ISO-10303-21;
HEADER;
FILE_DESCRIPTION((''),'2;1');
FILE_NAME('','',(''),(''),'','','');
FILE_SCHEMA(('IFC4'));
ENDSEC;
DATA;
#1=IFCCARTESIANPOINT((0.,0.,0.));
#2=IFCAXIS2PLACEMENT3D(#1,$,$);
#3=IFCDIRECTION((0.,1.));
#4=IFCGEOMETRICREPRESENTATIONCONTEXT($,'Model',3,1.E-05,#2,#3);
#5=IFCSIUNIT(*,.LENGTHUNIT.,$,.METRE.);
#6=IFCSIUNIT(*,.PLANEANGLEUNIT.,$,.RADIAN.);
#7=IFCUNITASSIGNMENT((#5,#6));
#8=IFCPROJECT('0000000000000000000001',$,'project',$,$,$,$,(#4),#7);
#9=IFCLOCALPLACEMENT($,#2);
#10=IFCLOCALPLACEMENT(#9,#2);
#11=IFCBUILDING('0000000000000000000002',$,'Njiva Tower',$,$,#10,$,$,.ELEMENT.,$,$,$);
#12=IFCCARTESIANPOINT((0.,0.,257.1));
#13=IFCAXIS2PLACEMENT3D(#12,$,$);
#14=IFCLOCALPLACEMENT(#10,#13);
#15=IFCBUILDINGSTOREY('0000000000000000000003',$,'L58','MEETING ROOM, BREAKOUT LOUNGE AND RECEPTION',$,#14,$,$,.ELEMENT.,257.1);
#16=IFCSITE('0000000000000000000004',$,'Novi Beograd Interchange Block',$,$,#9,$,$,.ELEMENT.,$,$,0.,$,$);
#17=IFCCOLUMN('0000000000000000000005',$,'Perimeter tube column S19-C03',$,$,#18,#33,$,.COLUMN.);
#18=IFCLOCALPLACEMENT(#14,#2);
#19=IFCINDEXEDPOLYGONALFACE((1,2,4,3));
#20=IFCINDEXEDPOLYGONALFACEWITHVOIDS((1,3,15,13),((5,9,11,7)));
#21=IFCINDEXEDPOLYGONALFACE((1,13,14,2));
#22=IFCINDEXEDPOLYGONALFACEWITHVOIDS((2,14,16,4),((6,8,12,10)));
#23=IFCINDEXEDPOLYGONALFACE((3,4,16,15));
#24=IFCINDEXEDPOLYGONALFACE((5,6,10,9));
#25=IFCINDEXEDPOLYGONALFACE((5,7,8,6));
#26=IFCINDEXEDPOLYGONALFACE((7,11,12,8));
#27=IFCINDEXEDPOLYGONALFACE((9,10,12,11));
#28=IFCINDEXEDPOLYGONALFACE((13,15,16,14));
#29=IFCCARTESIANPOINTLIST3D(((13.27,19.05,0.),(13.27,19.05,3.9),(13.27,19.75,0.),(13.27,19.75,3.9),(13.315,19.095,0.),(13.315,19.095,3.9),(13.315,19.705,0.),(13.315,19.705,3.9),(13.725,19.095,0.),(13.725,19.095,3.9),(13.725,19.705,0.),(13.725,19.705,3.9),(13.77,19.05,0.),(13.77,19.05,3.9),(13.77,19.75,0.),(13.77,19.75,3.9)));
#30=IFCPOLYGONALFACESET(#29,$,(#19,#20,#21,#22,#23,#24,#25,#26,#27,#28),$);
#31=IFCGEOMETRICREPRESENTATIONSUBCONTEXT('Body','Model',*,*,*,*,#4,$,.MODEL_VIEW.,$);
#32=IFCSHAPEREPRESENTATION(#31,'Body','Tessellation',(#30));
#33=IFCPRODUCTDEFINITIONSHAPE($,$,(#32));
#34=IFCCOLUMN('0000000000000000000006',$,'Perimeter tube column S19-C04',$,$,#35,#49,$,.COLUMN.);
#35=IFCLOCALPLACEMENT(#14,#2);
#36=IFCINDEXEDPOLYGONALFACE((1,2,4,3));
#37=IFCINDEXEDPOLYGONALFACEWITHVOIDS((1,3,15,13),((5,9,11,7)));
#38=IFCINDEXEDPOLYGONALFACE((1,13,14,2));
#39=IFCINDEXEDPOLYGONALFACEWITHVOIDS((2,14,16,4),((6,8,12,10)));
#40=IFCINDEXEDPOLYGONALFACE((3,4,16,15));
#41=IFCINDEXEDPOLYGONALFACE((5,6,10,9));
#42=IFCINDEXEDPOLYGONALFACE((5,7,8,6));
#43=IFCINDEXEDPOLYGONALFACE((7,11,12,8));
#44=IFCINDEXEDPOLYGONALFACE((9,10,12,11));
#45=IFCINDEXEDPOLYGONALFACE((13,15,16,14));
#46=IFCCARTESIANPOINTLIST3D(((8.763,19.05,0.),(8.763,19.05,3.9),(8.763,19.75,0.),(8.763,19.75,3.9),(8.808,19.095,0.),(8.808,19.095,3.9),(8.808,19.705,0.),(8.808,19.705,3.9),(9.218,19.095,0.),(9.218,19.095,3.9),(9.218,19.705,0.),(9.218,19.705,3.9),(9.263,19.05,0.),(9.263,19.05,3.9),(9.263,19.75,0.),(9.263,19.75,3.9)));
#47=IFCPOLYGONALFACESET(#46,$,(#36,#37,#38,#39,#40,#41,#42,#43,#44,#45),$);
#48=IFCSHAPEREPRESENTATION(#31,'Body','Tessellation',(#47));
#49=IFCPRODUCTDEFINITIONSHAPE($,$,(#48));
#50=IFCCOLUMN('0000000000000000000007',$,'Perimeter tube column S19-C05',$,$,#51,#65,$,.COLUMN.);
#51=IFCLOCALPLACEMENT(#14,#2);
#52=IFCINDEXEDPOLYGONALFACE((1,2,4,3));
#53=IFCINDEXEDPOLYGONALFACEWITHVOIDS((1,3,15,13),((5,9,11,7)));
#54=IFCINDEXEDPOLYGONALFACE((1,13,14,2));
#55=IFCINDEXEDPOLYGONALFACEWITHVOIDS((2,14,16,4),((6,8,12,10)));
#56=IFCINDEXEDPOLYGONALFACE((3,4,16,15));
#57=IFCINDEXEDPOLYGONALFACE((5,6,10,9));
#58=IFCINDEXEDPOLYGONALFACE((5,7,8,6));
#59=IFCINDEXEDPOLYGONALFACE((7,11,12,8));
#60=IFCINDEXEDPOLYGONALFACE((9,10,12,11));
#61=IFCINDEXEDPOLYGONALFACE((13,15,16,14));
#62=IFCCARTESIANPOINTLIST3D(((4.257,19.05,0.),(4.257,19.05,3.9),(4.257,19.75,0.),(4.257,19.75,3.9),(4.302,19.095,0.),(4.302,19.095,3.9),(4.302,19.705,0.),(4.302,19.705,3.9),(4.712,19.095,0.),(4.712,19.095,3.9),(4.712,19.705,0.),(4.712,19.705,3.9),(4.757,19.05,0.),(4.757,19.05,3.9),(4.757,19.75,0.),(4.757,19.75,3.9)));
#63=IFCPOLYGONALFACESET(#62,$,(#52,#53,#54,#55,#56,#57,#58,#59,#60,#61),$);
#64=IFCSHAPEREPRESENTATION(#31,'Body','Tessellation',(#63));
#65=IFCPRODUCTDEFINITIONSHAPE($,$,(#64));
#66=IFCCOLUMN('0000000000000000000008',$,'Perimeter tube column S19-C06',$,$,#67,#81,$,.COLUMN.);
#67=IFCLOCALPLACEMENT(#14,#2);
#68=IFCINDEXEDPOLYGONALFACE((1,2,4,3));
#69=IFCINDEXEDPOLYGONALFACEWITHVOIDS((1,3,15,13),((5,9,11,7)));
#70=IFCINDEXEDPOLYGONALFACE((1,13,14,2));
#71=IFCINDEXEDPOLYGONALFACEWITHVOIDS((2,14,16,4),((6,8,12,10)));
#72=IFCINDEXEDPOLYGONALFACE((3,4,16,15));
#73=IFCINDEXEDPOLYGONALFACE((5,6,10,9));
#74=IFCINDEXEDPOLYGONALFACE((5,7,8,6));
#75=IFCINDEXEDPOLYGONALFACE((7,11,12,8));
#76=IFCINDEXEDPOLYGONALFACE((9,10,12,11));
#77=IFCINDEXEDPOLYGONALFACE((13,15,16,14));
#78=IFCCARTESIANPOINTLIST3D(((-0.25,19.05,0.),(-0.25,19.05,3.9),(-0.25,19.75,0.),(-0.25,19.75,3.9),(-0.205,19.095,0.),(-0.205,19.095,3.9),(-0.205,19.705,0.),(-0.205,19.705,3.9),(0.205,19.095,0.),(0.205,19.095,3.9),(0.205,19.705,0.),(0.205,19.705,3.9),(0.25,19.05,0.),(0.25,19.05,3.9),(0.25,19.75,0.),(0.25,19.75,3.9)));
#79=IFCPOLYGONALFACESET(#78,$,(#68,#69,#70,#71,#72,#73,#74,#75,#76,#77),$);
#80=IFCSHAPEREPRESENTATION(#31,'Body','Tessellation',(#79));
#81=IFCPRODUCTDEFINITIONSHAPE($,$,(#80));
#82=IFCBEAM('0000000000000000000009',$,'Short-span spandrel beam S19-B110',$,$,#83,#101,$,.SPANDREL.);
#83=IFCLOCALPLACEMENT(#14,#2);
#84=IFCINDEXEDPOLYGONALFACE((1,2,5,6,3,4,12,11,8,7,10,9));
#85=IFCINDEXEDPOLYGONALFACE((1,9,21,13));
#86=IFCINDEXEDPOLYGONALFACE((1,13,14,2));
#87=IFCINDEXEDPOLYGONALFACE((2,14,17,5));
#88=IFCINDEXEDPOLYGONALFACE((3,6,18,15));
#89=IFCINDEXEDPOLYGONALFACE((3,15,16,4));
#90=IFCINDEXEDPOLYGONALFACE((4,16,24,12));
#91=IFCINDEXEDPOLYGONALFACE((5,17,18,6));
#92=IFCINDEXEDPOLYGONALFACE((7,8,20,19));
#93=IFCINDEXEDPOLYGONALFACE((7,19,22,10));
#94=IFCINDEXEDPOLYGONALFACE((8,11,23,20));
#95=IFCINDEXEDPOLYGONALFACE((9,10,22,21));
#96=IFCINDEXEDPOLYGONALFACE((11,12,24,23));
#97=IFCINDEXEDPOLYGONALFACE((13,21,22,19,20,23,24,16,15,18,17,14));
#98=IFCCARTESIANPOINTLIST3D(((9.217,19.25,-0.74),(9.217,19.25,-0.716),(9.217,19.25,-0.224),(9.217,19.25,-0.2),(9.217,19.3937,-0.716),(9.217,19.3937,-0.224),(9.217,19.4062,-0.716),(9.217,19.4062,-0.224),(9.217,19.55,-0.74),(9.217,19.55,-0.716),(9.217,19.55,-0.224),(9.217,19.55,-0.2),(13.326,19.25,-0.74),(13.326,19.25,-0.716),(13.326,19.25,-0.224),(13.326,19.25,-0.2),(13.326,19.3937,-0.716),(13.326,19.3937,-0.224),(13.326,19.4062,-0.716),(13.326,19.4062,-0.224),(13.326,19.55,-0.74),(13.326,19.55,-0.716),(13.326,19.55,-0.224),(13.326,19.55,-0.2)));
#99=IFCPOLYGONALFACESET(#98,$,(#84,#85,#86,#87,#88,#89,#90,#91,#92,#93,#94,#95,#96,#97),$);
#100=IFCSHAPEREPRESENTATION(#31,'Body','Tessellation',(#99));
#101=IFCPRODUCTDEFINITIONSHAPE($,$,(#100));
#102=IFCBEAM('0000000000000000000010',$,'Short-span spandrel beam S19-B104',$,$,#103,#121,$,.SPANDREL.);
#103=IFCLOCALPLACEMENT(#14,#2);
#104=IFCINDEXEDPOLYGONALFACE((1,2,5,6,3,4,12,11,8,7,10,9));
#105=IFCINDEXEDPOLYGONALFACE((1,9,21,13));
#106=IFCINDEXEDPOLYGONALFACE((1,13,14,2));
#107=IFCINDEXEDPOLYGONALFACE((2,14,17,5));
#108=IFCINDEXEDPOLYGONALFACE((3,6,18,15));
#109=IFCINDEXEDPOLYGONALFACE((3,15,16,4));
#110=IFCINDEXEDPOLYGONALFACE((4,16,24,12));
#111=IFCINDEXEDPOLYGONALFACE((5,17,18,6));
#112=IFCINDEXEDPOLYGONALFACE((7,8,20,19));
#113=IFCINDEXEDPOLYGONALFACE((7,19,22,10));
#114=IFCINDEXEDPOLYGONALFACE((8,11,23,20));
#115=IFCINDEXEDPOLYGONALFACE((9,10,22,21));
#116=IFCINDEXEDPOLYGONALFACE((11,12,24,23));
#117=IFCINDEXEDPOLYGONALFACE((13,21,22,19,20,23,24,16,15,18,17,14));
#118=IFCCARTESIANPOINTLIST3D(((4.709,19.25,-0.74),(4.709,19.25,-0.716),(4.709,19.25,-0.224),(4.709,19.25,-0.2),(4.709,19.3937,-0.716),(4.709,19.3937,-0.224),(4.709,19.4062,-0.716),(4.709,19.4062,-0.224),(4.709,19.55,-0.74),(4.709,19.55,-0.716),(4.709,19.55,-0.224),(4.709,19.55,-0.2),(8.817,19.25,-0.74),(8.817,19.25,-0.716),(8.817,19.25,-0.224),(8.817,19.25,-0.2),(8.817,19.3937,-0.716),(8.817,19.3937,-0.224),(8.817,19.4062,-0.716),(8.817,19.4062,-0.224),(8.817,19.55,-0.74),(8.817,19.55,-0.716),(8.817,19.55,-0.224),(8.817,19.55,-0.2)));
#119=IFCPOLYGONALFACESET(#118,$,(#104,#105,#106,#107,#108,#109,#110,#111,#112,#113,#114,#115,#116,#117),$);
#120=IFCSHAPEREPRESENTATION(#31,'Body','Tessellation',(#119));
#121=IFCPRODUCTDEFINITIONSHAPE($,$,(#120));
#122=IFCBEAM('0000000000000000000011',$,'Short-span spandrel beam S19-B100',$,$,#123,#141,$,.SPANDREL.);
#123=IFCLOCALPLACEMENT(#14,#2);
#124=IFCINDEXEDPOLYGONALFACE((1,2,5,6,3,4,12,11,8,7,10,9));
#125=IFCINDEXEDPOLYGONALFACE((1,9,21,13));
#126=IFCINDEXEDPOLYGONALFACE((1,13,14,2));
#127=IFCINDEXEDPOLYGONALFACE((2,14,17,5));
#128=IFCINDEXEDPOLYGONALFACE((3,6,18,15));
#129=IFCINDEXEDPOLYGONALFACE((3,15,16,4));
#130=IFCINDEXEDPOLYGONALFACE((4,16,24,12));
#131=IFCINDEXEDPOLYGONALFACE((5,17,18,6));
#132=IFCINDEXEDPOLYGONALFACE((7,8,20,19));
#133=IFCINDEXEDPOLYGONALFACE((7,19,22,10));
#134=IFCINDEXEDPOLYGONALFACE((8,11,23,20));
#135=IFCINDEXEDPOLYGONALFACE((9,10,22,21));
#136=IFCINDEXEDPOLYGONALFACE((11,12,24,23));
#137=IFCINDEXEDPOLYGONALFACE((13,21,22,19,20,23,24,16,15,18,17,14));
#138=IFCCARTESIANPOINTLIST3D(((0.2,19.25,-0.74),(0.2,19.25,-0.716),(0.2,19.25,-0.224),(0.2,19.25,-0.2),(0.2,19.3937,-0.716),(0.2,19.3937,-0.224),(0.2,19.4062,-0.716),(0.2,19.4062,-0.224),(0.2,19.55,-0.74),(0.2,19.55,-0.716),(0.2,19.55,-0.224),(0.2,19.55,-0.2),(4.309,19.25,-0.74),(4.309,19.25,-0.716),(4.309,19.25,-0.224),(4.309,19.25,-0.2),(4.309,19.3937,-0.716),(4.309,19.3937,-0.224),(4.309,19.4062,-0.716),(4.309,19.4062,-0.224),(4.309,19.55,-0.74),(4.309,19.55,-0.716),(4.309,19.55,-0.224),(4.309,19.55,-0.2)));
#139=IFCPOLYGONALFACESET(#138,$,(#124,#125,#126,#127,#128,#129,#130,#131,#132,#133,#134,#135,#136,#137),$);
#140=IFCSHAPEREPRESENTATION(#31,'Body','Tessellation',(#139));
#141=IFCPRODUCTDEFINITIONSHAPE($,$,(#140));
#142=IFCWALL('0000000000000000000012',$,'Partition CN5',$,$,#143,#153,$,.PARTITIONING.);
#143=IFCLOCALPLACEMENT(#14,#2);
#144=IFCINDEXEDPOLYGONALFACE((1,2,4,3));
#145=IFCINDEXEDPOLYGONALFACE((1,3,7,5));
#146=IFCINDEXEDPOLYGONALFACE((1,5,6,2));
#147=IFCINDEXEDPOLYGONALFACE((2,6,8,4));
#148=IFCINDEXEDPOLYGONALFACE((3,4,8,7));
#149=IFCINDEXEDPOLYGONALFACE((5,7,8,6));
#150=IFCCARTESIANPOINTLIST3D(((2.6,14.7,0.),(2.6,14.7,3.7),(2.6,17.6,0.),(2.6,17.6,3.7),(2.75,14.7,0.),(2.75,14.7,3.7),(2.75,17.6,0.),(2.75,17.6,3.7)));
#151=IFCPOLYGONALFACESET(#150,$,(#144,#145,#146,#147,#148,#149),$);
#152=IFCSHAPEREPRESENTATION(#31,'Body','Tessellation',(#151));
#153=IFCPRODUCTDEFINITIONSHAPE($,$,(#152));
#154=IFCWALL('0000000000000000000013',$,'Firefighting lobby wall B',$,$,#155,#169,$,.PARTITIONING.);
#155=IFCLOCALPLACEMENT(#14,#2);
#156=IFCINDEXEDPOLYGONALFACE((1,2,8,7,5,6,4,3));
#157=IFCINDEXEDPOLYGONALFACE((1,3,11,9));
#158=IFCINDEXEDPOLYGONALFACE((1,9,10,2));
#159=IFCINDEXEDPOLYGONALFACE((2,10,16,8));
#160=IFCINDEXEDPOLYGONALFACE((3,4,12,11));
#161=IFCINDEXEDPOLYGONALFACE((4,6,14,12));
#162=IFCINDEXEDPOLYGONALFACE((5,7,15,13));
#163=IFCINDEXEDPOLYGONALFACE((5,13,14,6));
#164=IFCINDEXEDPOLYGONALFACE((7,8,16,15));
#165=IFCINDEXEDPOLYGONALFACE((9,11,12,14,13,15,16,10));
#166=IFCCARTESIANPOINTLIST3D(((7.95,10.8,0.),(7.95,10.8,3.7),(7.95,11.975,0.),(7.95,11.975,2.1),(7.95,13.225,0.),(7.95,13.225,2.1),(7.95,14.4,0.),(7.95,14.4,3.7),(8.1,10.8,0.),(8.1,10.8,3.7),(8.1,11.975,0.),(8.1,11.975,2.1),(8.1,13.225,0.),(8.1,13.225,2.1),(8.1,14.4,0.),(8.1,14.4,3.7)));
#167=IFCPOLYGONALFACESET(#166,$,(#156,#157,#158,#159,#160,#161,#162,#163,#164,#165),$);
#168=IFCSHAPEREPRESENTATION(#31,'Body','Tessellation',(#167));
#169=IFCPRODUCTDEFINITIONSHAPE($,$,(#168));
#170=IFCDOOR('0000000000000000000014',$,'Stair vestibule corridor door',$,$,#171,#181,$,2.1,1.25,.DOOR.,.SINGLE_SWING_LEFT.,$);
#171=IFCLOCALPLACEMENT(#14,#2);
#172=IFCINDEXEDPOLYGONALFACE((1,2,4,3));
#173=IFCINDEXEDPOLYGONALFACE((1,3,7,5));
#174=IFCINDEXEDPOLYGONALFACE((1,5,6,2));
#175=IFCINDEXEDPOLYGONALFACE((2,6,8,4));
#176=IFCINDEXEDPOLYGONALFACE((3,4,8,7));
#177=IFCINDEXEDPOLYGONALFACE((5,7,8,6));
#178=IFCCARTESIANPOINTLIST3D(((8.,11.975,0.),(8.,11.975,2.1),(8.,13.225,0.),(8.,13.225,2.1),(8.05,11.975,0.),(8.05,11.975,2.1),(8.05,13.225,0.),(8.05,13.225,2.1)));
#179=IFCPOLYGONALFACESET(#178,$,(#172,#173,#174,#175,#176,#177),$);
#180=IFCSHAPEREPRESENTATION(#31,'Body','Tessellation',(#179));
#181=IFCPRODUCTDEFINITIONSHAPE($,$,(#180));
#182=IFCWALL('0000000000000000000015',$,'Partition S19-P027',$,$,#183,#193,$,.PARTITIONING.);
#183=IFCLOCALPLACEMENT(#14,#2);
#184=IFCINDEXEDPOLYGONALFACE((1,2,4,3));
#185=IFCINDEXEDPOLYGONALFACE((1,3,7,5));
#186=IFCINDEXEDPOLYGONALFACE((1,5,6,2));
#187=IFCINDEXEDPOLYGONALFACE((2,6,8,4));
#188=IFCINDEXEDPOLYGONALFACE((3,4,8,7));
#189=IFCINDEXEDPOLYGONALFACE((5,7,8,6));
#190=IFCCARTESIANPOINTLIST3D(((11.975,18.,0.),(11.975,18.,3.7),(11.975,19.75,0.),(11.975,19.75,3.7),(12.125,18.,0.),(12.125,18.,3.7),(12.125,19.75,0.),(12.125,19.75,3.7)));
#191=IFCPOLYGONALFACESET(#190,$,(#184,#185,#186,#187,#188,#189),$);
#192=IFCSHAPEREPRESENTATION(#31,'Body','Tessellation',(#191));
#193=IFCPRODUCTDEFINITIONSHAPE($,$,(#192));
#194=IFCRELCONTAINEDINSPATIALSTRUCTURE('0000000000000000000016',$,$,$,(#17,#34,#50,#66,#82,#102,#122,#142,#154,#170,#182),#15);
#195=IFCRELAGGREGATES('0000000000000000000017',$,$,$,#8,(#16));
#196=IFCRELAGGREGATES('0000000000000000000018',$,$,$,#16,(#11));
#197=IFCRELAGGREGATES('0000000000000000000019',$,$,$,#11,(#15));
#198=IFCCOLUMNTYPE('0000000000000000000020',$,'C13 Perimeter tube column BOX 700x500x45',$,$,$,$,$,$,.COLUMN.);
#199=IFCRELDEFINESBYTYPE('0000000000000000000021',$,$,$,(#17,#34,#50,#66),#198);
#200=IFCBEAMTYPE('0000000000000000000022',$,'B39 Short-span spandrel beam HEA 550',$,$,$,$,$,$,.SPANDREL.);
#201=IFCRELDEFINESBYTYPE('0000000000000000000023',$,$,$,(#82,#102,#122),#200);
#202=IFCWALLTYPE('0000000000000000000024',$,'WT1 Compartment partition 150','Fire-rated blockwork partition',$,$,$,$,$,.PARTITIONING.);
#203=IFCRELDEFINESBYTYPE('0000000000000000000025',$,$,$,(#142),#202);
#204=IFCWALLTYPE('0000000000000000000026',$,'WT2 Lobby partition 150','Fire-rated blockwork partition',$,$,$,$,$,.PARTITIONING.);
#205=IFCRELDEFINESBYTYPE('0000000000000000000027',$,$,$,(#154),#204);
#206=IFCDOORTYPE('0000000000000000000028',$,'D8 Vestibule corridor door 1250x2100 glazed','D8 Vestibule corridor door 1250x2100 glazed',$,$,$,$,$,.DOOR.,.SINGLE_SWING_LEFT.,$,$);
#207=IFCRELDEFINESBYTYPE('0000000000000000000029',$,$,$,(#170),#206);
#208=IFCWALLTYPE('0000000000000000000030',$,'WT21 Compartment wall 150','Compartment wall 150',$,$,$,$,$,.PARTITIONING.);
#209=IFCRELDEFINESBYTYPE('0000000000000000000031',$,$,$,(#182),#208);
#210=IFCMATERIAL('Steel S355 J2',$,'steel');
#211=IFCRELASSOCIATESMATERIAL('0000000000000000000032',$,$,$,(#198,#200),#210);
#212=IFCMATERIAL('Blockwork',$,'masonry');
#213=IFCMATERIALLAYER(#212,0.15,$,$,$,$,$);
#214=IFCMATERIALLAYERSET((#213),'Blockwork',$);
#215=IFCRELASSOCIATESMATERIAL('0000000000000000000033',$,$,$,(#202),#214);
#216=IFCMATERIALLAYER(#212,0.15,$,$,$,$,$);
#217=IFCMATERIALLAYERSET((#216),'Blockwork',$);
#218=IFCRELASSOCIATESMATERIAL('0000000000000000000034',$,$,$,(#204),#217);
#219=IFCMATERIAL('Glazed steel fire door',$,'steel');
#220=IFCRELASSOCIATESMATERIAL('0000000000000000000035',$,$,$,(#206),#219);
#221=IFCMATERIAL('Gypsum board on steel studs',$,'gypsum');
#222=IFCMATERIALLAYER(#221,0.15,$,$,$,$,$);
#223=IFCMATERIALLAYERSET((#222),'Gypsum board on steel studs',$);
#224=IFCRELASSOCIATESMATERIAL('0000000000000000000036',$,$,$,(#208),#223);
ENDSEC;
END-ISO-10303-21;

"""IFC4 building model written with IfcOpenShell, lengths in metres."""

from ifc_helpers import new_model, si_unit, direction, frame, frame_2d, origin, origin_2d, place, context, subcontext, project, spatial, rectangle, hollow_rectangle, i_section, extrude, material, layer, layer_set, material_profile, profile_set, type_object, element, fill, save


model = new_model("IFC4")

# Units and contexts
model_context = context("Model", 3, precision=1e-05, world=origin(), true_north=direction((0.0, 1.0)))
body_context = subcontext(model_context, "Body", "Model", "MODEL_VIEW")
ifc_project = project(units=[si_unit("LENGTHUNIT", "METRE"), si_unit("PLANEANGLEUNIT", "RADIAN")], contexts=[model_context])

# Site, building, storey
site_placement = place(None, origin())
site = spatial("IfcSite", under=ifc_project, at=site_placement, Name="Novi Beograd Interchange Block", CompositionType="ELEMENT", RefElevation=0.0)
building_placement = place(site_placement, origin())
building = spatial("IfcBuilding", under=site, at=building_placement, Name="Njiva Tower", CompositionType="ELEMENT")
storey_placement = place(building_placement, frame((0.0, 0.0, 257.1)))
storey = spatial("IfcBuildingStorey", under=building, at=storey_placement, Name="L58", Description="MEETING ROOM, BREAKOUT LOUNGE AND RECEPTION", CompositionType="ELEMENT", Elevation=257.1)

# Columns
ifc_material_1 = material(Name="Steel S355 J2", Category="steel")
ifc_material_profile_1 = material_profile(ifc_material_1, hollow_rectangle(XDim=0.5, YDim=0.7, WallThickness=0.045, at=origin_2d()), Name="BOX 700x500x45")
ifc_profile_set_1 = profile_set([ifc_material_profile_1], Name="Steel S355 J2")
column_type = type_object("IfcColumnType", Name="C13 Perimeter tube column BOX 700x500x45", PredefinedType="COLUMN", material=ifc_profile_set_1)
for number, where, z_axis, x_axis, name in (
    (1, (13.52, 19.4, 0.0), (0.0, 0.0, 1.0), (-1.0, 0.0, 0.0), "Perimeter tube column S19-C03"),
    (2, (9.013, 19.4, 0.0), (0.0, 0.0, 1.0), (-1.0, 0.0, 0.0), "Perimeter tube column S19-C04"),
    (3, (4.507, 19.4, 0.0), (0.0, 0.0, 1.0), (-1.0, 0.0, 0.0), "Perimeter tube column S19-C05"),
    (4, (0.0, 19.4, 0.0), (0.0, 0.0, 1.0), (-1.0, 0.0, 0.0), "Perimeter tube column S19-C06"),
):
    element("IfcColumn", number, at=place(storey_placement, frame(where, z_axis=z_axis, x_axis=x_axis)), inside=storey, type_object=column_type, Name=name, PredefinedType="COLUMN", context=body_context, shape_type="SweptSolid", body=[
        extrude(hollow_rectangle(XDim=0.5, YDim=0.7, WallThickness=0.045, at=origin_2d()), origin(), (0.0, 0.0, 1.0), 3.9),
    ])

# Beams
ifc_material_profile_2 = material_profile(ifc_material_1, i_section(OverallWidth=0.3, OverallDepth=0.54, WebThickness=0.0125, FlangeThickness=0.024, at=origin_2d()), Name="HEA 550")
ifc_profile_set_2 = profile_set([ifc_material_profile_2], Name="Steel S355 J2")
beam_type = type_object("IfcBeamType", Name="B39 Short-span spandrel beam HEA 550", PredefinedType="SPANDREL", material=ifc_profile_set_2)
beam_1_placement = place(storey_placement, frame((13.326, 19.4, -0.47), z_axis=(-1.0, 0.0, 0.0), x_axis=(0.0, -1.0, 0.0)))
element("IfcBeam", 5, at=beam_1_placement, inside=storey, type_object=beam_type, Name="Short-span spandrel beam S19-B110", PredefinedType="SPANDREL", context=body_context, shape_type="SweptSolid", body=[
    extrude(i_section(OverallWidth=0.3, OverallDepth=0.54, WebThickness=0.0125, FlangeThickness=0.024, at=origin_2d()), origin(), (0.0, 0.0, 1.0), 4.109),
])
beam_2_placement = place(storey_placement, frame((8.817, 19.4, -0.47), z_axis=(-1.0, 0.0, 0.0), x_axis=(0.0, -1.0, 0.0)))
element("IfcBeam", 6, at=beam_2_placement, inside=storey, type_object=beam_type, Name="Short-span spandrel beam S19-B104", PredefinedType="SPANDREL", context=body_context, shape_type="SweptSolid", body=[
    extrude(i_section(OverallWidth=0.3, OverallDepth=0.54, WebThickness=0.0125, FlangeThickness=0.024, at=origin_2d()), origin(), (0.0, 0.0, 1.0), 4.108),
])
beam_3_placement = place(storey_placement, frame((4.309, 19.4, -0.47), z_axis=(-1.0, 0.0, 0.0), x_axis=(0.0, -1.0, 0.0)))
element("IfcBeam", 7, at=beam_3_placement, inside=storey, type_object=beam_type, Name="Short-span spandrel beam S19-B100", PredefinedType="SPANDREL", context=body_context, shape_type="SweptSolid", body=[
    extrude(i_section(OverallWidth=0.3, OverallDepth=0.54, WebThickness=0.0125, FlangeThickness=0.024, at=origin_2d()), origin(), (0.0, 0.0, 1.0), 4.109),
])

# Wall
ifc_material_2 = material(Name="Blockwork", Category="masonry")
ifc_layer_1 = layer(ifc_material_2, 0.15)
ifc_layer_set_1 = layer_set([ifc_layer_1], Name="Blockwork")
wall_type_1 = type_object("IfcWallType", Name="WT1 Compartment partition 150", Description="Fire-rated blockwork partition", PredefinedType="PARTITIONING", material=ifc_layer_set_1)
wall_1_placement = place(storey_placement, frame((2.675, 14.7, 0.0), z_axis=(0.0, 0.0, 1.0), x_axis=(0.0, 1.0, 0.0)))
element("IfcWall", 8, at=wall_1_placement, inside=storey, type_object=wall_type_1, Name="Partition CN5", PredefinedType="PARTITIONING", context=body_context, shape_type="SweptSolid", body=[
    extrude(rectangle(XDim=2.9, YDim=0.15, at=frame_2d((1.45, 0.0))), origin(), (0.0, 0.0, 1.0), 3.7),
])

# Wall, opening, door
ifc_layer_2 = layer(ifc_material_2, 0.15)
ifc_layer_set_2 = layer_set([ifc_layer_2], Name="Blockwork")
wall_type_2 = type_object("IfcWallType", Name="WT2 Lobby partition 150", Description="Fire-rated blockwork partition", PredefinedType="PARTITIONING", material=ifc_layer_set_2)
wall_2_placement = place(storey_placement, frame((8.025, 10.8, 0.0), z_axis=(0.0, 0.0, 1.0), x_axis=(0.0, 1.0, 0.0)))
wall_2 = element("IfcWall", 9, at=wall_2_placement, inside=storey, type_object=wall_type_2, Name="Firefighting lobby wall B", PredefinedType="PARTITIONING", context=body_context, shape_type="SweptSolid", body=[
    extrude(rectangle(XDim=3.6, YDim=0.15, at=frame_2d((1.8, 0.0))), origin(), (0.0, 0.0, 1.0), 3.7),
])
opening_placement = place(wall_2_placement, frame((1.175, 0.0, 0.0)))
opening = element("IfcOpeningElement", 10, at=opening_placement, cuts=wall_2, PredefinedType="OPENING", context=body_context, shape_type="SweptSolid", body=[
    extrude(rectangle(XDim=1.25, YDim=2.1, at=frame_2d((0.625, 1.05))), frame((0.0, 0.085, 0.0), z_axis=(0.0, -1.0, 0.0), x_axis=(1.0, 0.0, 0.0)), (0.0, 0.0, 1.0), 0.17),
])
ifc_material_3 = material(Name="Glazed steel fire door", Category="steel")
door_type = type_object("IfcDoorType", Name="D8 Vestibule corridor door 1250x2100 glazed", Description="D8 Vestibule corridor door 1250x2100 glazed", OperationType="SINGLE_SWING_LEFT", PredefinedType="DOOR", material=ifc_material_3)
door_placement = place(opening_placement, origin())
door = element("IfcDoor", 11, at=door_placement, inside=storey, type_object=door_type, Name="Stair vestibule corridor door", OperationType="SINGLE_SWING_LEFT", OverallHeight=2.1, OverallWidth=1.25, PredefinedType="DOOR", context=body_context, shape_type="SweptSolid", body=[
    extrude(rectangle(XDim=1.25, YDim=2.1, at=frame_2d((0.625, 1.05))), frame((0.0, 0.025, 0.0), z_axis=(0.0, -1.0, 0.0), x_axis=(1.0, 0.0, 0.0)), (0.0, 0.0, 1.0), 0.05),
])
fill(opening, door)

# Wall
ifc_material_4 = material(Name="Gypsum board on steel studs", Category="gypsum")
ifc_layer_3 = layer(ifc_material_4, 0.15)
ifc_layer_set_3 = layer_set([ifc_layer_3], Name="Gypsum board on steel studs")
wall_type_3 = type_object("IfcWallType", Name="WT21 Compartment wall 150", Description="Compartment wall 150", PredefinedType="PARTITIONING", material=ifc_layer_set_3)
wall_3_placement = place(storey_placement, frame((12.05, 18.0, 0.0), z_axis=(0.0, 0.0, 1.0), x_axis=(0.0, 1.0, 0.0)))
element("IfcWall", 12, at=wall_3_placement, inside=storey, type_object=wall_type_3, Name="Partition S19-P027", PredefinedType="PARTITIONING", context=body_context, shape_type="SweptSolid", body=[
    extrude(rectangle(XDim=1.75, YDim=0.15, at=frame_2d((0.875, 0.0))), origin(), (0.0, 0.0, 1.0), 3.7),
])

save(model, "model.ifc")
